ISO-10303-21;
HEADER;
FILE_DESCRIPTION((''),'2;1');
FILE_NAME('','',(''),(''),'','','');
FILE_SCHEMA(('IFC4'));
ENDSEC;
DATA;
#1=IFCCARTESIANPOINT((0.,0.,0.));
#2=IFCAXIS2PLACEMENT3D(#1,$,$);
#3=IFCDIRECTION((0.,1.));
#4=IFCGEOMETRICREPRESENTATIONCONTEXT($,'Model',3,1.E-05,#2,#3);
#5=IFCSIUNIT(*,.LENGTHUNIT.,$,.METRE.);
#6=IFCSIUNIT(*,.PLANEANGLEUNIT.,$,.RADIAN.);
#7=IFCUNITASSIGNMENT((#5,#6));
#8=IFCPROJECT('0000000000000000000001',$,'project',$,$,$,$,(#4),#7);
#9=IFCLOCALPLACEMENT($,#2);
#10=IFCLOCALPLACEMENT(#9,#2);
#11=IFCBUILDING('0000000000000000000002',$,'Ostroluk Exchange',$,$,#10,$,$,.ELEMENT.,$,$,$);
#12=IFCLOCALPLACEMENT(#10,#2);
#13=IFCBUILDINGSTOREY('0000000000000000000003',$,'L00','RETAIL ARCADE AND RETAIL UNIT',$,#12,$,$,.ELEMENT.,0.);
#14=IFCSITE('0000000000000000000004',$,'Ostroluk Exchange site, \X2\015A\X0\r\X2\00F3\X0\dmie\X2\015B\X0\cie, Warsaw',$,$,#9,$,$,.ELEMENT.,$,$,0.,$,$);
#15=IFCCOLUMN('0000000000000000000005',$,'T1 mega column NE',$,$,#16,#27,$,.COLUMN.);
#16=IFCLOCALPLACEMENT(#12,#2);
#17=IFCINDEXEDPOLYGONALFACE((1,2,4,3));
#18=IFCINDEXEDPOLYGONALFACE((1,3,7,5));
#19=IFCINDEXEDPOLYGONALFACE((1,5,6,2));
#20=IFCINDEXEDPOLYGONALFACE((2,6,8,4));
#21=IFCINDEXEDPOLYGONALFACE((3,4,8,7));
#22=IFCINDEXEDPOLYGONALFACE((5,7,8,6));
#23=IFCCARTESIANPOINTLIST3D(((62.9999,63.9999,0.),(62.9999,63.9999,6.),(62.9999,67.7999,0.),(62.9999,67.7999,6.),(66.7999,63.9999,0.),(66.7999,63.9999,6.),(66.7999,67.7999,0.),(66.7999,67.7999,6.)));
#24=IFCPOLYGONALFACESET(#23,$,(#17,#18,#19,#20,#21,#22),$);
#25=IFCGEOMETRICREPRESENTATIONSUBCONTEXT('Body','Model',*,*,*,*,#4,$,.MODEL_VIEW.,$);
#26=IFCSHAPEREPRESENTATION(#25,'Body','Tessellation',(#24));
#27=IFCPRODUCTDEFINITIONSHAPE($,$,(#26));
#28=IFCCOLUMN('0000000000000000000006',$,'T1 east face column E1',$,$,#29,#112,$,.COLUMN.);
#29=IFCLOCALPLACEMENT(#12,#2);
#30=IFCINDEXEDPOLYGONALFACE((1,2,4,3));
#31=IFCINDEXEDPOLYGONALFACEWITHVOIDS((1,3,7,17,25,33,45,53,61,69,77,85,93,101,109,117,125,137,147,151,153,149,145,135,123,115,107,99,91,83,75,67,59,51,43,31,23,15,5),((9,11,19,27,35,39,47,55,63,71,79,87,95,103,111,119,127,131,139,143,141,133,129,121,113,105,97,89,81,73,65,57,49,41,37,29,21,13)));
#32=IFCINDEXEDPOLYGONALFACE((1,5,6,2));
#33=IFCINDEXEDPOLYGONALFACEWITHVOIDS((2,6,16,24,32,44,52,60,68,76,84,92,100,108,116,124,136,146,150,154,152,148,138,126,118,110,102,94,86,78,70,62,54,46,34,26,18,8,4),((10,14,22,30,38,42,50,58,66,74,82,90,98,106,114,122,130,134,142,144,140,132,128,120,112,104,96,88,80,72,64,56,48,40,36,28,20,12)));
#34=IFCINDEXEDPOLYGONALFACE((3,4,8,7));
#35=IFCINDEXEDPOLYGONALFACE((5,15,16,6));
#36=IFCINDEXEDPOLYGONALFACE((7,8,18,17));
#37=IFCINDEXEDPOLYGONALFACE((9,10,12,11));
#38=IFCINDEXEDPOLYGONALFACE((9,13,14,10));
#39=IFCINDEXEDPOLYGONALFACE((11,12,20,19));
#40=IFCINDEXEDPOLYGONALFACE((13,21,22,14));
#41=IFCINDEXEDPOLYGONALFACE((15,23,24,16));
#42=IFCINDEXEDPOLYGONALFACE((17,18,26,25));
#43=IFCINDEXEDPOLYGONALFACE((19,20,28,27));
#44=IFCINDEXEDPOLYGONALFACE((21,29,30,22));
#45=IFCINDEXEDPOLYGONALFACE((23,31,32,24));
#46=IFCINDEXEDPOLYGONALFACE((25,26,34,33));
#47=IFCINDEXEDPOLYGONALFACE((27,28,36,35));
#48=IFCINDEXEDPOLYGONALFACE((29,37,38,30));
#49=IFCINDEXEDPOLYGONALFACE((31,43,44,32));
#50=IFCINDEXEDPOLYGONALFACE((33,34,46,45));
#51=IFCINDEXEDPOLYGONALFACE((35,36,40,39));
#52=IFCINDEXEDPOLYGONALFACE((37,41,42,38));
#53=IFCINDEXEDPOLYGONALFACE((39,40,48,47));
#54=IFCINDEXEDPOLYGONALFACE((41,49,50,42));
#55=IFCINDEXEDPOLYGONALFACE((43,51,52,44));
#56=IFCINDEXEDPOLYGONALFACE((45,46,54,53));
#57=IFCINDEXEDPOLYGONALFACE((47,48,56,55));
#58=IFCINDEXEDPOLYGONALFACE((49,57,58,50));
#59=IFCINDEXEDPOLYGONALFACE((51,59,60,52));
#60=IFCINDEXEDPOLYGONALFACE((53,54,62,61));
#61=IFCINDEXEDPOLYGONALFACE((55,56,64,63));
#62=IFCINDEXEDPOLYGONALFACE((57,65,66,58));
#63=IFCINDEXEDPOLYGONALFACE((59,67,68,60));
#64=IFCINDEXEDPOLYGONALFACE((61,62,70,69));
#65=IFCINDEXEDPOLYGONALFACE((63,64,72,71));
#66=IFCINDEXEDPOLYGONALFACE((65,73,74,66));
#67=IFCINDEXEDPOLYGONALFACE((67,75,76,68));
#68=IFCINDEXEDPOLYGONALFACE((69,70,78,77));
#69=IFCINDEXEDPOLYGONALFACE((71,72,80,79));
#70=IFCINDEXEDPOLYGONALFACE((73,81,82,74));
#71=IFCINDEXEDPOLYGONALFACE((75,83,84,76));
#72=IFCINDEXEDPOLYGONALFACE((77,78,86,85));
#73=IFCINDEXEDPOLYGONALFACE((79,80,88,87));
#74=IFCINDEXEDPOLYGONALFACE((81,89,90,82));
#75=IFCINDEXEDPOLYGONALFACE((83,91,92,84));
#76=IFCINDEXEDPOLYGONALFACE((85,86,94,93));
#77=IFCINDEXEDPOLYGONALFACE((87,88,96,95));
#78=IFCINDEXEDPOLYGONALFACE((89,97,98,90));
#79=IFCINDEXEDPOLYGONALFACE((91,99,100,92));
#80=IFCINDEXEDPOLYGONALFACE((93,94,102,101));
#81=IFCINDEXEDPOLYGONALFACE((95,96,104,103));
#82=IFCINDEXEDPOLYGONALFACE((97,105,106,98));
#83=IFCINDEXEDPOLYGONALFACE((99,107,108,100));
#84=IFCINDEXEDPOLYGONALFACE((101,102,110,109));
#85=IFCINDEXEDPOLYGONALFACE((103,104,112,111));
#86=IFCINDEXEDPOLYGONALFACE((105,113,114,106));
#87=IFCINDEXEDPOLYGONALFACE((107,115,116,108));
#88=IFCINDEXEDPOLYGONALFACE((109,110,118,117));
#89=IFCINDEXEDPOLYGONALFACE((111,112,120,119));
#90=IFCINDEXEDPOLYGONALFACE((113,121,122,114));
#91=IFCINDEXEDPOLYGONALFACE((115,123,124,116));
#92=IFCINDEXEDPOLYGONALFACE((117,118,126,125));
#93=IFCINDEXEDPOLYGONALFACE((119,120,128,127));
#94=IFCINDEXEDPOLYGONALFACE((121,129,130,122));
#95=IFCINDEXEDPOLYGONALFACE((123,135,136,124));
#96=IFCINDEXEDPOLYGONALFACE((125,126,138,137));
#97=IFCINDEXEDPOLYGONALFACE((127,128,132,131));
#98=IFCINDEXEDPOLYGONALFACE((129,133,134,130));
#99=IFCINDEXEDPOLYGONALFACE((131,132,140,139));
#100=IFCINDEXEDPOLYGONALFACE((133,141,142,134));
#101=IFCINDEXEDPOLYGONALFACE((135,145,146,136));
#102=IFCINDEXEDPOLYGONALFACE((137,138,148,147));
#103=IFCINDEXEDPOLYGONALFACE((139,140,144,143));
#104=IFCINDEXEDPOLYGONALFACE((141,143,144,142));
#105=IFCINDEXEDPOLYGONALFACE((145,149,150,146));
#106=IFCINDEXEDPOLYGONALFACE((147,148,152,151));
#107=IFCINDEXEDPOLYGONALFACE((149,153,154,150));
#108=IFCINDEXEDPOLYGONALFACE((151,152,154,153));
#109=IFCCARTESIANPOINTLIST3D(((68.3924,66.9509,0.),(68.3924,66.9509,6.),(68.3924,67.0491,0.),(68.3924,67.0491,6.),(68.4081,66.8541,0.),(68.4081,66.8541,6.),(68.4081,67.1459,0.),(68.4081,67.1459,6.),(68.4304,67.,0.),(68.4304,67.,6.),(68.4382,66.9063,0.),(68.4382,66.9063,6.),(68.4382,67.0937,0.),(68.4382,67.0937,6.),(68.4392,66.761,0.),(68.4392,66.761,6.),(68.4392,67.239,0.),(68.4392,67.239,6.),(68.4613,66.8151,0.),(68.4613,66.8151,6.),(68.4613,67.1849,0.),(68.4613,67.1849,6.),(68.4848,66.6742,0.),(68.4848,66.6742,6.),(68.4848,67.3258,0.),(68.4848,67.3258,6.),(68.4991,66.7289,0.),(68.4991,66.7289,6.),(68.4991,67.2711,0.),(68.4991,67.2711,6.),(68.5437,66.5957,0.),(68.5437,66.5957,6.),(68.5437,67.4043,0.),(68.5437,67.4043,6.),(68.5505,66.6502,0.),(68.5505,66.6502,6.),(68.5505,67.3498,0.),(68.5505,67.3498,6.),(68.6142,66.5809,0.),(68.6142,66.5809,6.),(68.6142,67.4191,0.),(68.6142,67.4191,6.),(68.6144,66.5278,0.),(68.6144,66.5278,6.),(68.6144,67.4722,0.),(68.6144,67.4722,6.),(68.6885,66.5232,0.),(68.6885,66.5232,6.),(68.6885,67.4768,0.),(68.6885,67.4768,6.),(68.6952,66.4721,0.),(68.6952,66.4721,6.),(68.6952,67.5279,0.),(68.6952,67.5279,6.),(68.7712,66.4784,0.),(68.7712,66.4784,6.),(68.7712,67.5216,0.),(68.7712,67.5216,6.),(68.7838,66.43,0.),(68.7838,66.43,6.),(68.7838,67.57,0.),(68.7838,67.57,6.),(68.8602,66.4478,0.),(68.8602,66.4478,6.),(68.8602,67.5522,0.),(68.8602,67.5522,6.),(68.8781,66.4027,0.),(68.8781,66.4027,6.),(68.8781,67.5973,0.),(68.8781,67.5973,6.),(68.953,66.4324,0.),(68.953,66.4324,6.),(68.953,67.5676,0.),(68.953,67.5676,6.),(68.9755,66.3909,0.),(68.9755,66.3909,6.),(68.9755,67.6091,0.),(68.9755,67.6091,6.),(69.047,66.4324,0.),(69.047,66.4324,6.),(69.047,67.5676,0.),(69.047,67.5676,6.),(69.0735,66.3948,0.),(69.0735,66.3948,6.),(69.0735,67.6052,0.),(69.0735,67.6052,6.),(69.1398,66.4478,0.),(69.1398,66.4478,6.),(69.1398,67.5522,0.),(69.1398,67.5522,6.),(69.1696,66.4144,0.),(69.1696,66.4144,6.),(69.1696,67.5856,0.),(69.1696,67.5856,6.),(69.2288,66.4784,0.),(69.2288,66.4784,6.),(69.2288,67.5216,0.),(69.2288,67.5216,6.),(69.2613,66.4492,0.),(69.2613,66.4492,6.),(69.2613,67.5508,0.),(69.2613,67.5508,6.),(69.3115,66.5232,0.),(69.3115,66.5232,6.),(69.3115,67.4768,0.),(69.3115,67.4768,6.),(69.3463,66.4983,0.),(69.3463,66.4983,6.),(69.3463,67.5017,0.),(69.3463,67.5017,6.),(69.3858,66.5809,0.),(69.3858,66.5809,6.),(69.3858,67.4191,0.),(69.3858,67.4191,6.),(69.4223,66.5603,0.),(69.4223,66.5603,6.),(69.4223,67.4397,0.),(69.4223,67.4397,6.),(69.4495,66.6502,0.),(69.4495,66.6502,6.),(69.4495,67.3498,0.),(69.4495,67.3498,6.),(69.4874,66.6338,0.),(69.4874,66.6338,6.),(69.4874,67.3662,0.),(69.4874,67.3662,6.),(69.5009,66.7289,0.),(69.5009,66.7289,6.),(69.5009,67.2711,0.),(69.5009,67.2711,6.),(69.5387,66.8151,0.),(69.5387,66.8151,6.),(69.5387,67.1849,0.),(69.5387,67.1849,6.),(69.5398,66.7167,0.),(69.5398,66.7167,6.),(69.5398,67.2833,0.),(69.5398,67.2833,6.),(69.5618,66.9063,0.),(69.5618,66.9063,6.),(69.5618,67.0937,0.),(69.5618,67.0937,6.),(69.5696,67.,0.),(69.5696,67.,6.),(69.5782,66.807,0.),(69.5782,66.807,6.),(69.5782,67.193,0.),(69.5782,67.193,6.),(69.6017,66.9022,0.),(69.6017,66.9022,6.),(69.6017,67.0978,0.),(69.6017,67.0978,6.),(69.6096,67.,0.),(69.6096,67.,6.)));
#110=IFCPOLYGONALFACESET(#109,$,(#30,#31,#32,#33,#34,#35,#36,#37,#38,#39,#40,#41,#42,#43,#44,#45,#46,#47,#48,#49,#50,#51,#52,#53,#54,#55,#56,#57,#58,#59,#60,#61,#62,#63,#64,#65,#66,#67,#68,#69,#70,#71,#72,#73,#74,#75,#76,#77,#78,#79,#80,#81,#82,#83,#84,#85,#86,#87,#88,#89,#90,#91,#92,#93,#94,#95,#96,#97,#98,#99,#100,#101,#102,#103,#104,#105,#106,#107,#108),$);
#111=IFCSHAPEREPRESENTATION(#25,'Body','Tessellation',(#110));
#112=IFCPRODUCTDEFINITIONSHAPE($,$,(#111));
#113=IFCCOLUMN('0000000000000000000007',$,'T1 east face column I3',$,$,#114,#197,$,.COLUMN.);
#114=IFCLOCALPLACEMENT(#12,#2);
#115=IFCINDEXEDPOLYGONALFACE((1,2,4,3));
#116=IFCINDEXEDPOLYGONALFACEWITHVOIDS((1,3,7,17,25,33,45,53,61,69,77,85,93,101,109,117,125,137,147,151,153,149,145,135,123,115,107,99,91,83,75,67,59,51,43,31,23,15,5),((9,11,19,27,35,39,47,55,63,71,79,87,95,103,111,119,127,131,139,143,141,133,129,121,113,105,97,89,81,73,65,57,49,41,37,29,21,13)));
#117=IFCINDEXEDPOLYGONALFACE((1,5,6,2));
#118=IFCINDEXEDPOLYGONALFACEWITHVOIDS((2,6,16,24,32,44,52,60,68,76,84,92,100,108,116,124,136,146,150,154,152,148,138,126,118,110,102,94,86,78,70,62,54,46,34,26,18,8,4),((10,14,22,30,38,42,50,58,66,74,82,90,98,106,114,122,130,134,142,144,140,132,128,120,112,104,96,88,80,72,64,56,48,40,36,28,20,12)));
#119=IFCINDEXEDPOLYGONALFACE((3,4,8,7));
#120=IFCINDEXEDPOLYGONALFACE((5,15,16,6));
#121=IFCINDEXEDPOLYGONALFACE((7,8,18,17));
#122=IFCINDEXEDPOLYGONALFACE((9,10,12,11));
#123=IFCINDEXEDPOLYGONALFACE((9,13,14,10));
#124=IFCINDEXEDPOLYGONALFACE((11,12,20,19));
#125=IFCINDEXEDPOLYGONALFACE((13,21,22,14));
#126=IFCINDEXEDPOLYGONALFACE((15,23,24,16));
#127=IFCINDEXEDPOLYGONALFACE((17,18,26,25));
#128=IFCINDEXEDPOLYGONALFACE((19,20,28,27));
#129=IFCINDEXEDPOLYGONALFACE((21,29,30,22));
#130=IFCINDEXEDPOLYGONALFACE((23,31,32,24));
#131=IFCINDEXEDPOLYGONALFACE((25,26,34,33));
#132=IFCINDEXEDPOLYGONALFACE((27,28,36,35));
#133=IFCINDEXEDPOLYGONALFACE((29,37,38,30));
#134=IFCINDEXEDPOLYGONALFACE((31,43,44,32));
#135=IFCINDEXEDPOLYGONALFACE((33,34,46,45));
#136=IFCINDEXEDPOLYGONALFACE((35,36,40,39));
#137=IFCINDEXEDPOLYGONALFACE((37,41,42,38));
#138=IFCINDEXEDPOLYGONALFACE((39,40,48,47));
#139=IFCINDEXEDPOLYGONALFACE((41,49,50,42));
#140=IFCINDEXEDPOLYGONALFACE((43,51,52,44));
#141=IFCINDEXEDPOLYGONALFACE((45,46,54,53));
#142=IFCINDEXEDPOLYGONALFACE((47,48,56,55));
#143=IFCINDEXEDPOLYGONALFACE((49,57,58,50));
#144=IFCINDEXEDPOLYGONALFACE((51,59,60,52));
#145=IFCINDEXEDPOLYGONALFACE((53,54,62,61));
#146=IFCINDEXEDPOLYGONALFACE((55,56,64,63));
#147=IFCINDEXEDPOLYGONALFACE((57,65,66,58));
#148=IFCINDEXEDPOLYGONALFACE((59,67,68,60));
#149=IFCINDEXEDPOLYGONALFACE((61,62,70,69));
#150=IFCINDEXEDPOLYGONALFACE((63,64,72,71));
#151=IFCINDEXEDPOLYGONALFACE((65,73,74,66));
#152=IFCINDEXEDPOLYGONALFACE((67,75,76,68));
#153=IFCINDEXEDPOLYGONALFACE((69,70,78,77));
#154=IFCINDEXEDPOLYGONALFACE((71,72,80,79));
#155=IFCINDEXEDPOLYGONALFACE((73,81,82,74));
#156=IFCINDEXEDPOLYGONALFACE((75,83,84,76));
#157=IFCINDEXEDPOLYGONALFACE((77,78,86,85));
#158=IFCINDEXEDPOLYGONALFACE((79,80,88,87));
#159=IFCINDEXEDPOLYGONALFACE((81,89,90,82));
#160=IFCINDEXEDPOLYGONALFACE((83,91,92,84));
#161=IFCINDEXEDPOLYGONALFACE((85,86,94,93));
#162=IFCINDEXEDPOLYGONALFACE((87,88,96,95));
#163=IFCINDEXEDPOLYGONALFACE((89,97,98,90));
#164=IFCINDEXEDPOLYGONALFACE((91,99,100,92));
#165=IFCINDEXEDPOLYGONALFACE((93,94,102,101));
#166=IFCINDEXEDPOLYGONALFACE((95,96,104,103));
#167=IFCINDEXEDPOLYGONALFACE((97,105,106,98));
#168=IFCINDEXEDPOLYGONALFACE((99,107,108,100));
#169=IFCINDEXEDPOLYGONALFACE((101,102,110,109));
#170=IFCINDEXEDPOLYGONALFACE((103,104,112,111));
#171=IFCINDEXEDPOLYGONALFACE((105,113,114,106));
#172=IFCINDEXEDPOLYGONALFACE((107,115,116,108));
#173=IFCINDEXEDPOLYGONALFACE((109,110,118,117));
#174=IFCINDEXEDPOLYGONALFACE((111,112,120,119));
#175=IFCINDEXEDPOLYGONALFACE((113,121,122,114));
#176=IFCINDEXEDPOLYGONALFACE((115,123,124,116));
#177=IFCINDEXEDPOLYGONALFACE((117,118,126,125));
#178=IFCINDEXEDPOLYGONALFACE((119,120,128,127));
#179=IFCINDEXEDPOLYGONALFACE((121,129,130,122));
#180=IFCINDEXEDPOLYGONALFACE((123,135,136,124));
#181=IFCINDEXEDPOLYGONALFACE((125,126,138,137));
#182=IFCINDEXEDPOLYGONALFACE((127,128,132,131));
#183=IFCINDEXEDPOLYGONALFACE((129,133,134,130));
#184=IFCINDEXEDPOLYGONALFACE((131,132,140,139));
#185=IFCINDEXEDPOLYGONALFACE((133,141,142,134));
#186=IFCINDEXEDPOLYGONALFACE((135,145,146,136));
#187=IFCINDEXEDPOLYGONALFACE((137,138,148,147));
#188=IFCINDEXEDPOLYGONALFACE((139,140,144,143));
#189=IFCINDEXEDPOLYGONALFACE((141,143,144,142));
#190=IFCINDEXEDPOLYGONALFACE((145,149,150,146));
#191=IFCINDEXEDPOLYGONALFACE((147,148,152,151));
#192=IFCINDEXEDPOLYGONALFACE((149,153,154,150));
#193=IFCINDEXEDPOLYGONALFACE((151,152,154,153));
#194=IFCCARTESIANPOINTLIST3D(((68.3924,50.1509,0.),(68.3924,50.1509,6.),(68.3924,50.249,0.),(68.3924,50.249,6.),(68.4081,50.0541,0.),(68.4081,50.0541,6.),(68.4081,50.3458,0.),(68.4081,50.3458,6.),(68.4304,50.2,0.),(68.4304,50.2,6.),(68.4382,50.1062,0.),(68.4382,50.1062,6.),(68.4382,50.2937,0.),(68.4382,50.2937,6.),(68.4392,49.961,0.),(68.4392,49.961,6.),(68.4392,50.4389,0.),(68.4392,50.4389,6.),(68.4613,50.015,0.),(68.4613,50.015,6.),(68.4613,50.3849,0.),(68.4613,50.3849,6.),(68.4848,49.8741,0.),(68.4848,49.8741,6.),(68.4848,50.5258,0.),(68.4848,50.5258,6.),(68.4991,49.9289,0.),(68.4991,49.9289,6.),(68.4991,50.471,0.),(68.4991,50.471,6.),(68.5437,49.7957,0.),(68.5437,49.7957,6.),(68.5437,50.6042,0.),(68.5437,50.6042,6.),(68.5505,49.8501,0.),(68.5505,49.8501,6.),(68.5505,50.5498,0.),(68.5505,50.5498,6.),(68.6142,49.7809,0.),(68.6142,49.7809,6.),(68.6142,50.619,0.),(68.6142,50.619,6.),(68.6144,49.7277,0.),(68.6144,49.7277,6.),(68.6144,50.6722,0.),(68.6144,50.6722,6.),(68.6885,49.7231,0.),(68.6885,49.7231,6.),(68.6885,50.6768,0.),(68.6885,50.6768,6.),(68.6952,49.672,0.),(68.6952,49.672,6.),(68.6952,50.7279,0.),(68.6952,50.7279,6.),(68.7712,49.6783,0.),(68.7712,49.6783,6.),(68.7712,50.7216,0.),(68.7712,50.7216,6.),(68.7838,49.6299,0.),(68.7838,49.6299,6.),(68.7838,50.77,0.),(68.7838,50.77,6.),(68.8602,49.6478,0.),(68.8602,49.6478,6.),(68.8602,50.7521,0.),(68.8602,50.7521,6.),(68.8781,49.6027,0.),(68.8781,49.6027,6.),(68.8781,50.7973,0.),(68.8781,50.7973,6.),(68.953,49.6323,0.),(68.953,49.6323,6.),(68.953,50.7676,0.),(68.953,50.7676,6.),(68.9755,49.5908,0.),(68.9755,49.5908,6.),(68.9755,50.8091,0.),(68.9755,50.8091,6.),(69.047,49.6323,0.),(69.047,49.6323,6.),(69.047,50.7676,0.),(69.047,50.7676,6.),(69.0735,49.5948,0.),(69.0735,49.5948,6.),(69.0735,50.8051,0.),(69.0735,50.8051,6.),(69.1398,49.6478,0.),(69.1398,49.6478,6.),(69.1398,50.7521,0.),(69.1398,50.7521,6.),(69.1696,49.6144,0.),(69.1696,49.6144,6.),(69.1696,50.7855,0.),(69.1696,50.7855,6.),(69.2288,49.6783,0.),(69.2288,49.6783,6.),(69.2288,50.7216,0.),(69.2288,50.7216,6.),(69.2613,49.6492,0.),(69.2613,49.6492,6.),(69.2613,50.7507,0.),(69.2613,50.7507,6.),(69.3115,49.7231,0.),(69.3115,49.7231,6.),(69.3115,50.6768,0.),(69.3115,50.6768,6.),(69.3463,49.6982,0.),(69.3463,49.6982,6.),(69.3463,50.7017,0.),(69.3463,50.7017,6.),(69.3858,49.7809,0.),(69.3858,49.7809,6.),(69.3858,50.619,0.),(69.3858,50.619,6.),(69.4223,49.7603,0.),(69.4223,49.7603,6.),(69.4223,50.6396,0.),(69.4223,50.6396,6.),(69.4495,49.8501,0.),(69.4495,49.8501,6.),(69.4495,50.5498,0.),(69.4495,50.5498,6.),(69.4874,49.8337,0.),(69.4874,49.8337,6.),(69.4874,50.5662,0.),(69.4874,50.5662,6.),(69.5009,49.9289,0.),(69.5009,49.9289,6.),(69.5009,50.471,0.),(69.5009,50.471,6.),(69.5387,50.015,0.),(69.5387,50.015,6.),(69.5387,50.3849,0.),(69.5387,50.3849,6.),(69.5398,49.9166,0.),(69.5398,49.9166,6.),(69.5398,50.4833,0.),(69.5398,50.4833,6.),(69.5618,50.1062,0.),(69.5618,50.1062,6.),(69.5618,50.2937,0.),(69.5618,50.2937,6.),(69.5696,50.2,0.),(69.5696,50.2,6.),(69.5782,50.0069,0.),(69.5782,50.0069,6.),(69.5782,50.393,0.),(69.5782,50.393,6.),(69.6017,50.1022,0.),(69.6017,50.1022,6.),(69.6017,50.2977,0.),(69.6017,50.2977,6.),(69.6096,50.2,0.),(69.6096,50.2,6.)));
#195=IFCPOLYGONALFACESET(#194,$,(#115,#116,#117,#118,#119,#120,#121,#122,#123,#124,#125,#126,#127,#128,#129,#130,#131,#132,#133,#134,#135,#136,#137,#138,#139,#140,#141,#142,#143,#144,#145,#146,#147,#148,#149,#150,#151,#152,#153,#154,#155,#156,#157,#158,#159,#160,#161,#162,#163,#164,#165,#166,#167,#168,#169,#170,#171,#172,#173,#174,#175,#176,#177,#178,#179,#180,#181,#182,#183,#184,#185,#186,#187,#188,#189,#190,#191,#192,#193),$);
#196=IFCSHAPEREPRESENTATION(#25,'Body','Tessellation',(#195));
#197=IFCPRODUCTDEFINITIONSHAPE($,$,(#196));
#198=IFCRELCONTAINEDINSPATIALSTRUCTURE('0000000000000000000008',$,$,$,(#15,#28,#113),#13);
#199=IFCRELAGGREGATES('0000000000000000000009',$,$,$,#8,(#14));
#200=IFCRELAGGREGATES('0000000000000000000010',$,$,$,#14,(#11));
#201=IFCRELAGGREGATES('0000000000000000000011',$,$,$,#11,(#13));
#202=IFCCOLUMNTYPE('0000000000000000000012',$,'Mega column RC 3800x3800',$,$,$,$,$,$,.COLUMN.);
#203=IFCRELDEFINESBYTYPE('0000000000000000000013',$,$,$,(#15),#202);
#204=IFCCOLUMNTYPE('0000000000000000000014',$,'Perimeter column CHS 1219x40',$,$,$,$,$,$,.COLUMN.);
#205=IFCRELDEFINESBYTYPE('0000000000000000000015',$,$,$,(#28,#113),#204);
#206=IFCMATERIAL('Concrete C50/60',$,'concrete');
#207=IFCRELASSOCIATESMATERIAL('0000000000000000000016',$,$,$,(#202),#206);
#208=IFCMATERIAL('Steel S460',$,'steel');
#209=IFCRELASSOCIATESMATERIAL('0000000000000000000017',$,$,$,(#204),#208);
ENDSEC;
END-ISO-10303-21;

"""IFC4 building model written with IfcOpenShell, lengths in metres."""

from ifc_helpers import new_model, si_unit, direction, frame, origin, origin_2d, place, context, subcontext, project, spatial, rectangle, hollow_circle, extrude, material, material_profile, profile_set, type_object, element, save


model = new_model("IFC4")

# Units and contexts
model_context = context("Model", 3, precision=1e-05, world=origin(), true_north=direction((0.0, 1.0)))
body_context = subcontext(model_context, "Body", "Model", "MODEL_VIEW")
ifc_project = project(units=[si_unit("LENGTHUNIT", "METRE"), si_unit("PLANEANGLEUNIT", "RADIAN")], contexts=[model_context])

# Site, building, storey
site_placement = place(None, origin())
site = spatial("IfcSite", under=ifc_project, at=site_placement, Name="Ostroluk Exchange site, Śródmieście, Warsaw", CompositionType="ELEMENT", RefElevation=0.0)
building_placement = place(site_placement, origin())
building = spatial("IfcBuilding", under=site, at=building_placement, Name="Ostroluk Exchange", CompositionType="ELEMENT")
storey_placement = place(building_placement, origin())
storey = spatial("IfcBuildingStorey", under=building, at=storey_placement, Name="L00", Description="RETAIL ARCADE AND RETAIL UNIT", CompositionType="ELEMENT", Elevation=0.0)

# Columns
ifc_material_1 = material(Name="Concrete C50/60", Category="concrete")
ifc_material_profile_1 = material_profile(ifc_material_1, rectangle(XDim=3.8, YDim=3.8, at=origin_2d()), Name="RC 3800x3800")
ifc_profile_set_1 = profile_set([ifc_material_profile_1], Name="Concrete C50/60")
column_type_1 = type_object("IfcColumnType", Name="Mega column RC 3800x3800", PredefinedType="COLUMN", material=ifc_profile_set_1)
column_placement = place(storey_placement, frame((64.8999, 65.8999, 0.0), z_axis=(0.0, 0.0, 1.0), x_axis=(1.0, 0.0, 0.0)))
element("IfcColumn", 1, at=column_placement, inside=storey, type_object=column_type_1, Name="T1 mega column NE", PredefinedType="COLUMN", context=body_context, shape_type="SweptSolid", body=[
    extrude(rectangle(XDim=3.8, YDim=3.8, at=origin_2d()), origin(), (0.0, 0.0, 1.0), 6.0),
])
ifc_material_2 = material(Name="Steel S460", Category="steel")
ifc_material_profile_2 = material_profile(ifc_material_2, hollow_circle(Radius=0.6096, WallThickness=0.04, at=origin_2d()), Name="CHS 1219x40")
ifc_profile_set_2 = profile_set([ifc_material_profile_2], Name="Steel S460")
column_type_2 = type_object("IfcColumnType", Name="Perimeter column CHS 1219x40", PredefinedType="COLUMN", material=ifc_profile_set_2)
for number, where, z_axis, x_axis, name in (
    (2, (69.0, 67.0, 0.0), (0.0, 0.0, 1.0), (1.0, 0.0, 0.0), "T1 east face column E1"),
    (3, (69.0, 50.2, 0.0), (0.0, 0.0, 1.0), (1.0, 0.0, 0.0), "T1 east face column I3"),
):
    element("IfcColumn", number, at=place(storey_placement, frame(where, z_axis=z_axis, x_axis=x_axis)), inside=storey, type_object=column_type_2, Name=name, PredefinedType="COLUMN", context=body_context, shape_type="SweptSolid", body=[
        extrude(hollow_circle(Radius=0.6096, WallThickness=0.04, at=origin_2d()), origin(), (0.0, 0.0, 1.0), 6.0),
    ])

save(model, "model.ifc")
